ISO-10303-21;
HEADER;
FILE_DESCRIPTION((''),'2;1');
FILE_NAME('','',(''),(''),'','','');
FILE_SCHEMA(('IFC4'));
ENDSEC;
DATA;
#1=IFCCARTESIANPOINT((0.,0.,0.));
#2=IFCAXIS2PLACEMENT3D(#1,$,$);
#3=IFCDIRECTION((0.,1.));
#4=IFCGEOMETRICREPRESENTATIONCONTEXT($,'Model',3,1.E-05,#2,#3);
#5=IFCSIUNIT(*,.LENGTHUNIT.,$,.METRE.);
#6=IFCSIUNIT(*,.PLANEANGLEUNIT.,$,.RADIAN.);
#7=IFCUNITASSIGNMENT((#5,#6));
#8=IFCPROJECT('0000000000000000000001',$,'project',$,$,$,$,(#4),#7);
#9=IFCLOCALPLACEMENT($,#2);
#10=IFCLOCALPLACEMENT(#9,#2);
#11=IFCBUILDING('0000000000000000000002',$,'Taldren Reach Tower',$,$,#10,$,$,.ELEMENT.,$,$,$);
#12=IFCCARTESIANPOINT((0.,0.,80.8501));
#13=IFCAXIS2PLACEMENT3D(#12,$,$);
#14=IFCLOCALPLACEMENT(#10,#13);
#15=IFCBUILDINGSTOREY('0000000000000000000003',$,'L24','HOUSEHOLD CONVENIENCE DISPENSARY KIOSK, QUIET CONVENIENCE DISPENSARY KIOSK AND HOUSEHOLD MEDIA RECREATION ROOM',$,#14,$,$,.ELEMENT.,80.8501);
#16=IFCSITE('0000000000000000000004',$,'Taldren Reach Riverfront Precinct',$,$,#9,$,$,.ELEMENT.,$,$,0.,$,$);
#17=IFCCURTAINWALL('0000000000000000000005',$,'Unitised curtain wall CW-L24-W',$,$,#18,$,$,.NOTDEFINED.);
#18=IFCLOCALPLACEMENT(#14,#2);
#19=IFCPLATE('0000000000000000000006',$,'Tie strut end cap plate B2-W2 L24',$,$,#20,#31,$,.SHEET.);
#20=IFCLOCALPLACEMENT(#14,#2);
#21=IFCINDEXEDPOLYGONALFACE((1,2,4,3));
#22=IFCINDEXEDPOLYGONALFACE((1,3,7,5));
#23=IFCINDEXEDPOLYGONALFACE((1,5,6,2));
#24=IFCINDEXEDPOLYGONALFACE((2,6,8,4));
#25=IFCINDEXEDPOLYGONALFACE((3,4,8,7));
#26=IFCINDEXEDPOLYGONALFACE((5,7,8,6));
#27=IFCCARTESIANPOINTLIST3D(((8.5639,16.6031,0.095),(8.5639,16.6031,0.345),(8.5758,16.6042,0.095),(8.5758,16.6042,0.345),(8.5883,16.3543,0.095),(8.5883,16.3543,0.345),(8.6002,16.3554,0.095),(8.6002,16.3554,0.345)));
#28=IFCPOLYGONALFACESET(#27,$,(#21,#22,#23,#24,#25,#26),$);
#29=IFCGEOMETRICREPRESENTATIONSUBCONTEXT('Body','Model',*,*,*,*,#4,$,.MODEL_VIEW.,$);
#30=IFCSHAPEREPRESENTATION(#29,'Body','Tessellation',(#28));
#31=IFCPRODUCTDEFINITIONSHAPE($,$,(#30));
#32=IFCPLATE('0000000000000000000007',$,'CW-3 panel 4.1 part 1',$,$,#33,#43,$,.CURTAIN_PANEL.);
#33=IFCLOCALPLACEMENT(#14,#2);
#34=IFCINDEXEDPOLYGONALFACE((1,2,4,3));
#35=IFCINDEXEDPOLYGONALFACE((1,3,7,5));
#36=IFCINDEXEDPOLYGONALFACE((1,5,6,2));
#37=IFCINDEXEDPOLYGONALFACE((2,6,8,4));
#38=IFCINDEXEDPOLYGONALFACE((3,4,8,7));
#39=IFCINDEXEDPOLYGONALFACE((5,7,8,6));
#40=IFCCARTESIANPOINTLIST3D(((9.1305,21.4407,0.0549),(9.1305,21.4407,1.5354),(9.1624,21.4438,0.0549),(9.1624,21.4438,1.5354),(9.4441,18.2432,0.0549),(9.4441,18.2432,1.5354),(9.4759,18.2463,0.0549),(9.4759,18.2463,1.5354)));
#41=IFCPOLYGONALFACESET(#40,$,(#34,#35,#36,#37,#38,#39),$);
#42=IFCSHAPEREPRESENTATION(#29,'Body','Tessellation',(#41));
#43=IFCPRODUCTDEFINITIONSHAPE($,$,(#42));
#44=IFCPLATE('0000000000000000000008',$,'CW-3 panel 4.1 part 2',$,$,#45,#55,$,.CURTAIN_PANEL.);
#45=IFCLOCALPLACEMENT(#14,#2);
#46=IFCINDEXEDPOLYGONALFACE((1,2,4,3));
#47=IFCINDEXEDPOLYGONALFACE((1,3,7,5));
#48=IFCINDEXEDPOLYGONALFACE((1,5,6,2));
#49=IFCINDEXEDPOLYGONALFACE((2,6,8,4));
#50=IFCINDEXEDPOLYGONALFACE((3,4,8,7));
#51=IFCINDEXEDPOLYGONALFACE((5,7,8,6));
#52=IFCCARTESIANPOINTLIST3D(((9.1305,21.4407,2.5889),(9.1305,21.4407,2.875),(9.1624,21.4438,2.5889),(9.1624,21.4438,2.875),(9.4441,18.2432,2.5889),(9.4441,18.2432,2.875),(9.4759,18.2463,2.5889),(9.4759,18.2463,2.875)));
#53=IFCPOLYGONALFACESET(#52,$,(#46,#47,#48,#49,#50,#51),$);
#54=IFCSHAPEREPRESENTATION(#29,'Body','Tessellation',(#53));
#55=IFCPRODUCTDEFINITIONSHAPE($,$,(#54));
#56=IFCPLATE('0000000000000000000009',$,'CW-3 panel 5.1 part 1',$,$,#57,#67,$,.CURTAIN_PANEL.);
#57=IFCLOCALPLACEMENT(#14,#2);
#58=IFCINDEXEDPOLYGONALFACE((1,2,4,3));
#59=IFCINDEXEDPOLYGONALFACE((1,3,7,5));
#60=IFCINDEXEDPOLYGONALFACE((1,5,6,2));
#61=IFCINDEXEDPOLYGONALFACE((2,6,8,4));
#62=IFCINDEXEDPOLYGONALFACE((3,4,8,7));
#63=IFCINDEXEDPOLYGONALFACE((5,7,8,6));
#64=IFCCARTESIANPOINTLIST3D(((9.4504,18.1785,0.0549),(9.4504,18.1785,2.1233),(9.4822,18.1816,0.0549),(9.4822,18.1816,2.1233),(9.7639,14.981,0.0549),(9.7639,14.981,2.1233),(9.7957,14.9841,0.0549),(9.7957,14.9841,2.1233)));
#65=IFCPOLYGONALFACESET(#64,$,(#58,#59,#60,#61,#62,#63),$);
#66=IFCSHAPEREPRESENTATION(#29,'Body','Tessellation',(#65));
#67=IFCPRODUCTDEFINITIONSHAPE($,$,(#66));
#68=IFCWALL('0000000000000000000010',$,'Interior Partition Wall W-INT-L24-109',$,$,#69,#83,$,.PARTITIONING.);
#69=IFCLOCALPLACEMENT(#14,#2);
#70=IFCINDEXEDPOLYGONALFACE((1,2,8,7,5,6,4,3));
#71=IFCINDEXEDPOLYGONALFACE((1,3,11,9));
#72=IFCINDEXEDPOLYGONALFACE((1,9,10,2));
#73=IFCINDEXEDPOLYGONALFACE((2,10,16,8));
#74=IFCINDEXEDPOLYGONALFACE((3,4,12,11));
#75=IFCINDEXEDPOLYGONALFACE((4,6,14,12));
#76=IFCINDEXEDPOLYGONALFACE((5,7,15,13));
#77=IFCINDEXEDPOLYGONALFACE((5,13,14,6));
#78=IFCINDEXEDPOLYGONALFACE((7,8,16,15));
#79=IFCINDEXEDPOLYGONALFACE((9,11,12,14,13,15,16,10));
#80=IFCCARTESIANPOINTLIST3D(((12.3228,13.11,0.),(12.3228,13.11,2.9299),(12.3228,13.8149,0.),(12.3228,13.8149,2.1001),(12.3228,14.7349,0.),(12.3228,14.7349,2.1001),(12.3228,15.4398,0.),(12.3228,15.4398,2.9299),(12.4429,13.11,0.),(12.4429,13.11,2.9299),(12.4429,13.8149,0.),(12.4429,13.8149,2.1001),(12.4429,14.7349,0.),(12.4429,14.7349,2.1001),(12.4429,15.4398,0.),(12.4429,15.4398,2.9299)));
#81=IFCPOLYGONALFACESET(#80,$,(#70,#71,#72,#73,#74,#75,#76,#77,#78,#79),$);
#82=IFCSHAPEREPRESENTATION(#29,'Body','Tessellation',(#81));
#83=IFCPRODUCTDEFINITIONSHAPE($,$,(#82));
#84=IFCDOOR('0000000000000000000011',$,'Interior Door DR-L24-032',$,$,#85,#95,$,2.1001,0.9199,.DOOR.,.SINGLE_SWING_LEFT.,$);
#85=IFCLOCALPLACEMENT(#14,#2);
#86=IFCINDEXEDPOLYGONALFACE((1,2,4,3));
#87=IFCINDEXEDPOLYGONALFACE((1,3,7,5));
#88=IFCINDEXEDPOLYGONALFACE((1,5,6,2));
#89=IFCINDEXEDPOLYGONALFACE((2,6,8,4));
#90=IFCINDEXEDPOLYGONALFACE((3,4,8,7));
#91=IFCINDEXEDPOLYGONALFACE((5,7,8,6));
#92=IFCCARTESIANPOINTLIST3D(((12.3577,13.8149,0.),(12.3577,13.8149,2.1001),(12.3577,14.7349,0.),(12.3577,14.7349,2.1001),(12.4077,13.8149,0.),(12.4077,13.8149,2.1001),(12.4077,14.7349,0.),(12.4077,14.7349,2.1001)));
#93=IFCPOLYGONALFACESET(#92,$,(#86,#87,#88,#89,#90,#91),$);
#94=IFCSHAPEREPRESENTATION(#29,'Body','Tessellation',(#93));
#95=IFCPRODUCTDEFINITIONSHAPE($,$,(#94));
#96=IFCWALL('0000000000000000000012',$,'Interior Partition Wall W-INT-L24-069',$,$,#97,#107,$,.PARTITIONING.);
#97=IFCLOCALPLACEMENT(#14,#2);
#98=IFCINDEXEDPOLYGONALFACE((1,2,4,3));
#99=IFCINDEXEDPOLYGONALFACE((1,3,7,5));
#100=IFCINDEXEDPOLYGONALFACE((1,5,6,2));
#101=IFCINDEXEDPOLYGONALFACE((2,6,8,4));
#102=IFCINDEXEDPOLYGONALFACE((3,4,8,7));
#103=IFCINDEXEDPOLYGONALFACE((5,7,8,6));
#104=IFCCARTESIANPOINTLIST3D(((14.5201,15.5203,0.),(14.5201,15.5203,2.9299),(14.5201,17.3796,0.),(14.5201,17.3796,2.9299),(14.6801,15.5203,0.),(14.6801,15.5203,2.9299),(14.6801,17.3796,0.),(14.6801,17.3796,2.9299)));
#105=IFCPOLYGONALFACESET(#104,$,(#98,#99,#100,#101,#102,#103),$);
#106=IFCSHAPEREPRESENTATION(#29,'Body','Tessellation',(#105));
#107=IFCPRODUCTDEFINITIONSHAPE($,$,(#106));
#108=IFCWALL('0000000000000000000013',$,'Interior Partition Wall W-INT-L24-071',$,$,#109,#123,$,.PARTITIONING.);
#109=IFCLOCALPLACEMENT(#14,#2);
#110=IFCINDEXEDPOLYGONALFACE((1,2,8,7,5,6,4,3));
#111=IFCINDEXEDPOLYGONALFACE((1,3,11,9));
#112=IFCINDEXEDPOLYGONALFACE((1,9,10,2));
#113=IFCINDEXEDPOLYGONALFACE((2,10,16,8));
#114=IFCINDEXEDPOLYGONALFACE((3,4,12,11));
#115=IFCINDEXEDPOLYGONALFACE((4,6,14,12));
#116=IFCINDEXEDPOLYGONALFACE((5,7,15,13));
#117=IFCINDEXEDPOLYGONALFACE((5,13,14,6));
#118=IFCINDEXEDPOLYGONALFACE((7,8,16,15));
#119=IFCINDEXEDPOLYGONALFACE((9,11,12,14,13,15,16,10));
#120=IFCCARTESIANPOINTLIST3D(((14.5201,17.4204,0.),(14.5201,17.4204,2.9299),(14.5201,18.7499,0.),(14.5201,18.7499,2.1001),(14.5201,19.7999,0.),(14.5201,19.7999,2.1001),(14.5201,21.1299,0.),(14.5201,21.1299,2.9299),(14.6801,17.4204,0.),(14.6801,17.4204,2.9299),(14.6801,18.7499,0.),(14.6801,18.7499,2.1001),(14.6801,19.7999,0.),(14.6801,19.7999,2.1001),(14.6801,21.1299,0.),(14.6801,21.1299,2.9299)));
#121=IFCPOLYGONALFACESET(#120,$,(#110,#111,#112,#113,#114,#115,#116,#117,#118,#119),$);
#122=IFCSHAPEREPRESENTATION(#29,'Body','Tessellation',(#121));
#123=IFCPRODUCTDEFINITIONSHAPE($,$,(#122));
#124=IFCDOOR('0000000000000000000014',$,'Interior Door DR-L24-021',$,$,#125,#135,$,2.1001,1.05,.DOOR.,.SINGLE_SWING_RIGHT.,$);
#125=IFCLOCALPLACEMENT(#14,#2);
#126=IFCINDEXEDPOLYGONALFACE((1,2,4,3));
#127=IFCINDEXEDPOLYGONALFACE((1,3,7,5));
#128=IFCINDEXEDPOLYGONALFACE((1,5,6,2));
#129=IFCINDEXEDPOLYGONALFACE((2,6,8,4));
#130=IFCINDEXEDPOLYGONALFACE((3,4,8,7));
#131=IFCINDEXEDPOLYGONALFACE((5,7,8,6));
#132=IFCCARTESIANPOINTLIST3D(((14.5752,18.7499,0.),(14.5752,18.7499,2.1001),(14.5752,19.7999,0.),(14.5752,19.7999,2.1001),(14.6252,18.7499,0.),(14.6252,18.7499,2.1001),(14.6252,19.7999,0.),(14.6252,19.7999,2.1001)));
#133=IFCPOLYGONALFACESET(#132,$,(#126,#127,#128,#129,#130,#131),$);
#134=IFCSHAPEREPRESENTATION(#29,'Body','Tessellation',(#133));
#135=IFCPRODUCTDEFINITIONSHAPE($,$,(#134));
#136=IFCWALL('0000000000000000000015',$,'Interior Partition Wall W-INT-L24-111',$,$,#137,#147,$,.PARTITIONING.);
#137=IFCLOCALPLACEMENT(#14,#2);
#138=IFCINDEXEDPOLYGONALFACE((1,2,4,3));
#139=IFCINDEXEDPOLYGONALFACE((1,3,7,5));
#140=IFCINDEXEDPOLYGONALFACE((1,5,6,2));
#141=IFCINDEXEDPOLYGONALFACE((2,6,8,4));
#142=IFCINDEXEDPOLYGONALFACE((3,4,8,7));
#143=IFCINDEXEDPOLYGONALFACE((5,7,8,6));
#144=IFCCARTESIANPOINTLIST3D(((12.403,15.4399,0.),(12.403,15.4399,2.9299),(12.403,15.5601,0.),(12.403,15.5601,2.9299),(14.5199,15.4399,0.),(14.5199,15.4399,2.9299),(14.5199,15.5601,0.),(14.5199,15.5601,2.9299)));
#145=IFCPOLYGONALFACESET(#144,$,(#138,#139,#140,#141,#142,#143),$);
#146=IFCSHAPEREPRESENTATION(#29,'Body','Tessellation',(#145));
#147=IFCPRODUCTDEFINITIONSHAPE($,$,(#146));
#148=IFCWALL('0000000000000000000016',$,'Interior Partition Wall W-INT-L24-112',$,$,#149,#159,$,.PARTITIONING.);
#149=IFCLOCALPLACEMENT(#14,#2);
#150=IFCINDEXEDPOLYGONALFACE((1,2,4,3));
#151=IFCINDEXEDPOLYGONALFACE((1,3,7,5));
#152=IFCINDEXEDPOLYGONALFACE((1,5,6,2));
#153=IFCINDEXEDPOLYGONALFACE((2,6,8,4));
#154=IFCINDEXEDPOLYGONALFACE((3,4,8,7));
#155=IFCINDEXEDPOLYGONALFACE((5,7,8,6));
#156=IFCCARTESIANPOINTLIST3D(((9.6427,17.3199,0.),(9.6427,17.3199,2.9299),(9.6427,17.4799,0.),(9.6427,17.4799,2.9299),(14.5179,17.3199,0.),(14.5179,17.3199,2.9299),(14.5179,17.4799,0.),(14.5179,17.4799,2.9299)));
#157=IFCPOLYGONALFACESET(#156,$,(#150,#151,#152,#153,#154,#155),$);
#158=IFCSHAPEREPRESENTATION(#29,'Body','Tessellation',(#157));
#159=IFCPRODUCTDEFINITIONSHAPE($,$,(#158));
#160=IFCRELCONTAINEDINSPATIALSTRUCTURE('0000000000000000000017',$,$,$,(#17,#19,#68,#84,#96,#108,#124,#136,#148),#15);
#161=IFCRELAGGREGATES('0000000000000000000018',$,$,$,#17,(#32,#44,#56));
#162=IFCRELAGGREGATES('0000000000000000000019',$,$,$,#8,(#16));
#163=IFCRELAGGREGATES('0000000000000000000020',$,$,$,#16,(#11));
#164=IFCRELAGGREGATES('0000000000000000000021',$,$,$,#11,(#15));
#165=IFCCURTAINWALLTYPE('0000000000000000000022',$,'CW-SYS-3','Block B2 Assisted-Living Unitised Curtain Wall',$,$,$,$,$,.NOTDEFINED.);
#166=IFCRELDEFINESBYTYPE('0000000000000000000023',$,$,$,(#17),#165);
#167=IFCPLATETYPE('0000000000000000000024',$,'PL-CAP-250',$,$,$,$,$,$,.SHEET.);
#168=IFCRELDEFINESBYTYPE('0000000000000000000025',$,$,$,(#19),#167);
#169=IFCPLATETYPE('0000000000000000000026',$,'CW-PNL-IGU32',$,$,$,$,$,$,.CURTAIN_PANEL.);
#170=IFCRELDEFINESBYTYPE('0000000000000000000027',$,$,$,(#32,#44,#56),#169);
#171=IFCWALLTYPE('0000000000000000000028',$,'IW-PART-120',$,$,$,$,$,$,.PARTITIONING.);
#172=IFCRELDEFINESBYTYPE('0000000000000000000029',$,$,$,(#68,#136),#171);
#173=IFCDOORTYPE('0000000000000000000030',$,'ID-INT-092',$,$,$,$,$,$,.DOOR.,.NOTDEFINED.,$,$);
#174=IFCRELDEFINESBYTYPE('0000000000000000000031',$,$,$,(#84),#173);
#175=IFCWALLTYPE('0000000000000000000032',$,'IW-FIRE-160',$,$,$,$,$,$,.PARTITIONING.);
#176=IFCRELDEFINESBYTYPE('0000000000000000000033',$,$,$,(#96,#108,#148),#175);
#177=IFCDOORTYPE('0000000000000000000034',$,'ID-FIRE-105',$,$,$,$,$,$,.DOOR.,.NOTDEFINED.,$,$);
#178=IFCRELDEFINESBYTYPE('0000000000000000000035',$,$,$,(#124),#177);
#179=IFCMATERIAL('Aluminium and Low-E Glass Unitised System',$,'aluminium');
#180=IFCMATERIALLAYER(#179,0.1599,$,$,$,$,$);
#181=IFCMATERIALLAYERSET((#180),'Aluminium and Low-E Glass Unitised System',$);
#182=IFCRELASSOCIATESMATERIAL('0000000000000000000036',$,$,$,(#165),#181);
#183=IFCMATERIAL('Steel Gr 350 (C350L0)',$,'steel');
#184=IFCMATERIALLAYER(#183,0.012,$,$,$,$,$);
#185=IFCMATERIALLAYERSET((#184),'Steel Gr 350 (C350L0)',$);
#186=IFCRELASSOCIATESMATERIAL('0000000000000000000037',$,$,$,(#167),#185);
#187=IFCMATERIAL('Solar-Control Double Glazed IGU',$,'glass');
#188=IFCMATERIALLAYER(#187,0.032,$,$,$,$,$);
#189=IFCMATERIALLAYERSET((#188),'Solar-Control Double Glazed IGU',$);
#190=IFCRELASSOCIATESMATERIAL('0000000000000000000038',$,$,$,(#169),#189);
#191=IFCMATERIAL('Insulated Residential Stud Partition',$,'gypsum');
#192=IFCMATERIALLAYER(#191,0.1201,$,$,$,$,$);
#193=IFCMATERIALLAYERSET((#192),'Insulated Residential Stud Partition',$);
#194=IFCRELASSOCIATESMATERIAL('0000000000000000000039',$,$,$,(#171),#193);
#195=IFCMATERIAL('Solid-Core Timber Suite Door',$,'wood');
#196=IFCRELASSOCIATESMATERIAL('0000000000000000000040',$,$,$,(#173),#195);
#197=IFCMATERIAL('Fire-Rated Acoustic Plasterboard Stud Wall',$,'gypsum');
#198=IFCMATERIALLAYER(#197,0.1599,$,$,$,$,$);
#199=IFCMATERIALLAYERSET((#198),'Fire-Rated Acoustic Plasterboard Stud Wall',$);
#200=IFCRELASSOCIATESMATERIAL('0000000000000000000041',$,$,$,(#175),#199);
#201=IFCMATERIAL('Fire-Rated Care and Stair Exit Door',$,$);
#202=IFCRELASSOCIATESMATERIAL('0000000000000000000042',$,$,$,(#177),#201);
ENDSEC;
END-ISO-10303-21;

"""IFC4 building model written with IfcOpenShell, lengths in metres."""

from ifc_helpers import new_model, si_unit, direction, frame, frame_2d, origin, origin_2d, place, context, subcontext, project, spatial, rectangle, extrude, source, transform, mapped, material, layer, layer_set, type_object, element, fill, aggregate, save


model = new_model("IFC4")

# Units and contexts
model_context = context("Model", 3, precision=1e-05, world=origin(), true_north=direction((0.0, 1.0)))
body_context = subcontext(model_context, "Body", "Model", "MODEL_VIEW")
ifc_project = project(units=[si_unit("LENGTHUNIT", "METRE"), si_unit("PLANEANGLEUNIT", "RADIAN")], contexts=[model_context])

# Site, building, storey
site_placement = place(None, origin())
site = spatial("IfcSite", under=ifc_project, at=site_placement, Name="Taldren Reach Riverfront Precinct", CompositionType="ELEMENT", RefElevation=0.0)
building_placement = place(site_placement, origin())
building = spatial("IfcBuilding", under=site, at=building_placement, Name="Taldren Reach Tower", CompositionType="ELEMENT")
storey_placement = place(building_placement, frame((0.0, 0.0, 80.8501)))
storey = spatial("IfcBuildingStorey", under=building, at=storey_placement, Name="L24", Description="HOUSEHOLD CONVENIENCE DISPENSARY KIOSK, QUIET CONVENIENCE DISPENSARY KIOSK AND HOUSEHOLD MEDIA RECREATION ROOM", CompositionType="ELEMENT", Elevation=80.8501)

# Shared definitions
ifc_material_1 = material(Name="Steel Gr 350 (C350L0)", Category="steel")

# Curtain wall
ifc_material_2 = material(Name="Aluminium and Low-E Glass Unitised System", Category="aluminium")
ifc_layer_1 = layer(ifc_material_2, 0.1599)
ifc_layer_set_1 = layer_set([ifc_layer_1], Name="Aluminium and Low-E Glass Unitised System")
curtain_wall_type = type_object("IfcCurtainWallType", Name="CW-SYS-3", Description="Block B2 Assisted-Living Unitised Curtain Wall", PredefinedType="NOTDEFINED", material=ifc_layer_set_1)
curtain_wall_placement = place(storey_placement, origin())
curtain_wall = element("IfcCurtainWall", 1, at=curtain_wall_placement, inside=storey, type_object=curtain_wall_type, Name="Unitised curtain wall CW-L24-W", PredefinedType="NOTDEFINED")

# Plates
ifc_layer_2 = layer(ifc_material_1, 0.012)
ifc_layer_set_2 = layer_set([ifc_layer_2], Name="Steel Gr 350 (C350L0)")
plate_type_1 = type_object("IfcPlateType", Name="PL-CAP-250", PredefinedType="SHEET", material=ifc_layer_set_2)
shared_shape_1 = source(origin(), body_context, "Body", "SweptSolid", [
    extrude(rectangle(XDim=0.012, YDim=0.25, at=origin_2d()), origin(), (0.0, 0.0, 1.0), 0.25),
])
plate_1_placement = place(storey_placement, frame((8.582, 16.4792, 0.095), z_axis=(0.0, 0.0, 1.0), x_axis=(0.995227, 0.097583, 0.0)))
element("IfcPlate", 2, at=plate_1_placement, inside=storey, type_object=plate_type_1, Name="Tie strut end cap plate B2-W2 L24", PredefinedType="SHEET", context=body_context, shape_type="MappedRepresentation", body=[
    mapped(shared_shape_1, transform((0.0, 0.0, 0.0), scale=1.0)),
])
ifc_material_3 = material(Name="Solar-Control Double Glazed IGU", Category="glass")
ifc_layer_3 = layer(ifc_material_3, 0.032)
ifc_layer_set_3 = layer_set([ifc_layer_3], Name="Solar-Control Double Glazed IGU")
plate_type_2 = type_object("IfcPlateType", Name="CW-PNL-IGU32", PredefinedType="CURTAIN_PANEL", material=ifc_layer_set_3)
shared_shape_2 = source(origin(), body_context, "Body", "SweptSolid", [
    extrude(rectangle(XDim=3.2129, YDim=0.032, at=origin_2d()), origin(), (0.0, 0.0, 1.0), 1.4805),
])
plate_2_placement = place(storey_placement, frame((9.3032, 19.8435, 0.0549), z_axis=(0.0, 0.0, 1.0), x_axis=(0.097583, -0.995227, 0.0)))
plate_2 = element("IfcPlate", 3, at=plate_2_placement, type_object=plate_type_2, Name="CW-3 panel 4.1 part 1", PredefinedType="CURTAIN_PANEL", context=body_context, shape_type="MappedRepresentation", body=[
    mapped(shared_shape_2, transform((0.0, 0.0, 0.0), scale=1.0)),
])
shared_shape_3 = source(origin(), body_context, "Body", "SweptSolid", [
    extrude(rectangle(XDim=3.2129, YDim=0.032, at=origin_2d()), origin(), (0.0, 0.0, 1.0), 0.2861),
])
plate_3_placement = place(storey_placement, frame((9.3032, 19.8435, 2.5889), z_axis=(0.0, 0.0, 1.0), x_axis=(0.097583, -0.995227, 0.0)))
plate_3 = element("IfcPlate", 4, at=plate_3_placement, type_object=plate_type_2, Name="CW-3 panel 4.1 part 2", PredefinedType="CURTAIN_PANEL", context=body_context, shape_type="MappedRepresentation", body=[
    mapped(shared_shape_3, transform((0.0, 0.0, 0.0), scale=1.0)),
])
shared_shape_4 = source(origin(), body_context, "Body", "SweptSolid", [
    extrude(rectangle(XDim=3.2129, YDim=0.032, at=origin_2d()), origin(), (0.0, 0.0, 1.0), 2.0684),
])
plate_4_placement = place(storey_placement, frame((9.623, 16.5813, 0.0549), z_axis=(0.0, 0.0, 1.0), x_axis=(0.097583, -0.995227, 0.0)))
plate_4 = element("IfcPlate", 5, at=plate_4_placement, type_object=plate_type_2, Name="CW-3 panel 5.1 part 1", PredefinedType="CURTAIN_PANEL", context=body_context, shape_type="MappedRepresentation", body=[
    mapped(shared_shape_4, transform((0.0, 0.0, 0.0), scale=1.0)),
])
aggregate(curtain_wall, [plate_2, plate_3, plate_4])

# Wall, opening, door
ifc_material_4 = material(Name="Insulated Residential Stud Partition", Category="gypsum")
ifc_layer_4 = layer(ifc_material_4, 0.1201)
ifc_layer_set_4 = layer_set([ifc_layer_4], Name="Insulated Residential Stud Partition")
wall_type_1 = type_object("IfcWallType", Name="IW-PART-120", PredefinedType="PARTITIONING", material=ifc_layer_set_4)
shared_shape_5 = source(origin(), body_context, "Body", "SweptSolid", [
    extrude(rectangle(XDim=2.3298, YDim=0.1201, at=frame_2d((1.165, 0.0))), origin(), (0.0, 0.0, 1.0), 2.9299),
])
wall_1_placement = place(storey_placement, frame((12.3828, 15.4399, 0.0), z_axis=(0.0, 0.0, 1.0), x_axis=(0.0, -1.0, 0.0)))
wall_1 = element("IfcWall", 6, at=wall_1_placement, inside=storey, type_object=wall_type_1, Name="Interior Partition Wall W-INT-L24-109", PredefinedType="PARTITIONING", context=body_context, shape_type="MappedRepresentation", body=[
    mapped(shared_shape_5, transform((0.0, 0.0, 0.0), scale=1.0)),
])
shared_shape_6 = source(origin(), body_context, "Body", "SweptSolid", [
    extrude(rectangle(XDim=0.9199, YDim=2.1001, at=frame_2d((0.46, 1.05))), frame((0.0, 0.0701, 0.0), z_axis=(0.0, -1.0, 0.0), x_axis=(1.0, 0.0, 0.0)), (0.0, 0.0, 1.0), 0.1401),
])
opening_1_placement = place(wall_1_placement, frame((0.7051, 0.0, 0.0)))
opening_1 = element("IfcOpeningElement", 7, at=opening_1_placement, cuts=wall_1, PredefinedType="OPENING", context=body_context, shape_type="MappedRepresentation", body=[
    mapped(shared_shape_6, transform((0.0, 0.0, 0.0), scale=1.0)),
])
ifc_material_5 = material(Name="Solid-Core Timber Suite Door", Category="wood")
door_type_1 = type_object("IfcDoorType", Name="ID-INT-092", OperationType="NOTDEFINED", PredefinedType="DOOR", material=ifc_material_5)
shared_shape_7 = source(origin(), body_context, "Body", "SweptSolid", [
    extrude(rectangle(XDim=0.9199, YDim=2.1001, at=frame_2d((0.46, 1.05))), frame((0.0, 0.0249, 0.0), z_axis=(0.0, -1.0, 0.0), x_axis=(1.0, 0.0, 0.0)), (0.0, 0.0, 1.0), 0.05),
])
door_1_placement = place(opening_1_placement, origin())
door_1 = element("IfcDoor", 8, at=door_1_placement, inside=storey, type_object=door_type_1, Name="Interior Door DR-L24-032", OperationType="SINGLE_SWING_LEFT", OverallHeight=2.1001, OverallWidth=0.9199, PredefinedType="DOOR", context=body_context, shape_type="MappedRepresentation", body=[
    mapped(shared_shape_7, transform((0.0, 0.0, 0.0), scale=1.0)),
])
fill(opening_1, door_1)

# Wall
ifc_material_6 = material(Name="Fire-Rated Acoustic Plasterboard Stud Wall", Category="gypsum")
ifc_layer_5 = layer(ifc_material_6, 0.1599)
ifc_layer_set_5 = layer_set([ifc_layer_5], Name="Fire-Rated Acoustic Plasterboard Stud Wall")
wall_type_2 = type_object("IfcWallType", Name="IW-FIRE-160", PredefinedType="PARTITIONING", material=ifc_layer_set_5)
shared_shape_8 = source(origin(), body_context, "Body", "SweptSolid", [
    extrude(rectangle(XDim=1.8594, YDim=0.1599, at=frame_2d((0.9297, 0.0))), origin(), (0.0, 0.0, 1.0), 2.9299),
])
wall_2_placement = place(storey_placement, frame((14.6001, 15.5203, 0.0), z_axis=(0.0, 0.0, 1.0), x_axis=(0.0, 1.0, 0.0)))
element("IfcWall", 9, at=wall_2_placement, inside=storey, type_object=wall_type_2, Name="Interior Partition Wall W-INT-L24-069", PredefinedType="PARTITIONING", context=body_context, shape_type="MappedRepresentation", body=[
    mapped(shared_shape_8, transform((0.0, 0.0, 0.0), scale=1.0)),
])

# Wall, opening, door
shared_shape_9 = source(origin(), body_context, "Body", "SweptSolid", [
    extrude(rectangle(XDim=3.7095, YDim=0.1599, at=frame_2d((1.8547, 0.0))), origin(), (0.0, 0.0, 1.0), 2.9299),
])
wall_3_placement = place(storey_placement, frame((14.6001, 17.4204, 0.0), z_axis=(0.0, 0.0, 1.0), x_axis=(0.0, 1.0, 0.0)))
wall_3 = element("IfcWall", 10, at=wall_3_placement, inside=storey, type_object=wall_type_2, Name="Interior Partition Wall W-INT-L24-071", PredefinedType="PARTITIONING", context=body_context, shape_type="MappedRepresentation", body=[
    mapped(shared_shape_9, transform((0.0, 0.0, 0.0), scale=1.0)),
])
shared_shape_10 = source(origin(), body_context, "Body", "SweptSolid", [
    extrude(rectangle(XDim=1.05, YDim=2.1001, at=frame_2d((0.5249, 1.05))), frame((0.0, 0.0898, 0.0), z_axis=(0.0, -1.0, 0.0), x_axis=(1.0, 0.0, 0.0)), (0.0, 0.0, 1.0), 0.1799),
])
opening_2_placement = place(wall_3_placement, frame((1.3296, 0.0, 0.0)))
opening_2 = element("IfcOpeningElement", 11, at=opening_2_placement, cuts=wall_3, PredefinedType="OPENING", context=body_context, shape_type="MappedRepresentation", body=[
    mapped(shared_shape_10, transform((0.0, 0.0, 0.0), scale=1.0)),
])
ifc_material_7 = material(Name="Fire-Rated Care and Stair Exit Door")
door_type_2 = type_object("IfcDoorType", Name="ID-FIRE-105", OperationType="NOTDEFINED", PredefinedType="DOOR", material=ifc_material_7)
shared_shape_11 = source(origin(), body_context, "Body", "SweptSolid", [
    extrude(rectangle(XDim=1.05, YDim=2.1001, at=frame_2d((0.5249, 1.05))), frame((0.0, 0.0249, 0.0), z_axis=(0.0, -1.0, 0.0), x_axis=(1.0, 0.0, 0.0)), (0.0, 0.0, 1.0), 0.05),
])
door_2_placement = place(opening_2_placement, origin())
door_2 = element("IfcDoor", 12, at=door_2_placement, inside=storey, type_object=door_type_2, Name="Interior Door DR-L24-021", OperationType="SINGLE_SWING_RIGHT", OverallHeight=2.1001, OverallWidth=1.05, PredefinedType="DOOR", context=body_context, shape_type="MappedRepresentation", body=[
    mapped(shared_shape_11, transform((0.0, 0.0, 0.0), scale=1.0)),
])
fill(opening_2, door_2)

# Walls
shared_shape_12 = source(origin(), body_context, "Body", "SweptSolid", [
    extrude(rectangle(XDim=2.1169, YDim=0.1201, at=frame_2d((1.0586, 0.0))), origin(), (0.0, 0.0, 1.0), 2.9299),
])
wall_4_placement = place(storey_placement, frame((14.52, 15.5, 0.0), z_axis=(0.0, 0.0, 1.0), x_axis=(-1.0, 0.0, 0.0)))
element("IfcWall", 13, at=wall_4_placement, inside=storey, type_object=wall_type_1, Name="Interior Partition Wall W-INT-L24-111", PredefinedType="PARTITIONING", context=body_context, shape_type="MappedRepresentation", body=[
    mapped(shared_shape_12, transform((0.0, 0.0, 0.0), scale=1.0)),
])
shared_shape_13 = source(origin(), body_context, "Body", "SweptSolid", [
    extrude(rectangle(XDim=4.8752, YDim=0.1599, at=frame_2d((2.4375, 0.0))), origin(), (0.0, 0.0, 1.0), 2.9299),
])
wall_5_placement = place(storey_placement, frame((9.6428, 17.3999, 0.0), z_axis=(0.0, 0.0, 1.0), x_axis=(1.0, 0.0, 0.0)))
element("IfcWall", 14, at=wall_5_placement, inside=storey, type_object=wall_type_2, Name="Interior Partition Wall W-INT-L24-112", PredefinedType="PARTITIONING", context=body_context, shape_type="MappedRepresentation", body=[
    mapped(shared_shape_13, transform((0.0, 0.0, 0.0), scale=1.0)),
])

save(model, "model.ifc")
